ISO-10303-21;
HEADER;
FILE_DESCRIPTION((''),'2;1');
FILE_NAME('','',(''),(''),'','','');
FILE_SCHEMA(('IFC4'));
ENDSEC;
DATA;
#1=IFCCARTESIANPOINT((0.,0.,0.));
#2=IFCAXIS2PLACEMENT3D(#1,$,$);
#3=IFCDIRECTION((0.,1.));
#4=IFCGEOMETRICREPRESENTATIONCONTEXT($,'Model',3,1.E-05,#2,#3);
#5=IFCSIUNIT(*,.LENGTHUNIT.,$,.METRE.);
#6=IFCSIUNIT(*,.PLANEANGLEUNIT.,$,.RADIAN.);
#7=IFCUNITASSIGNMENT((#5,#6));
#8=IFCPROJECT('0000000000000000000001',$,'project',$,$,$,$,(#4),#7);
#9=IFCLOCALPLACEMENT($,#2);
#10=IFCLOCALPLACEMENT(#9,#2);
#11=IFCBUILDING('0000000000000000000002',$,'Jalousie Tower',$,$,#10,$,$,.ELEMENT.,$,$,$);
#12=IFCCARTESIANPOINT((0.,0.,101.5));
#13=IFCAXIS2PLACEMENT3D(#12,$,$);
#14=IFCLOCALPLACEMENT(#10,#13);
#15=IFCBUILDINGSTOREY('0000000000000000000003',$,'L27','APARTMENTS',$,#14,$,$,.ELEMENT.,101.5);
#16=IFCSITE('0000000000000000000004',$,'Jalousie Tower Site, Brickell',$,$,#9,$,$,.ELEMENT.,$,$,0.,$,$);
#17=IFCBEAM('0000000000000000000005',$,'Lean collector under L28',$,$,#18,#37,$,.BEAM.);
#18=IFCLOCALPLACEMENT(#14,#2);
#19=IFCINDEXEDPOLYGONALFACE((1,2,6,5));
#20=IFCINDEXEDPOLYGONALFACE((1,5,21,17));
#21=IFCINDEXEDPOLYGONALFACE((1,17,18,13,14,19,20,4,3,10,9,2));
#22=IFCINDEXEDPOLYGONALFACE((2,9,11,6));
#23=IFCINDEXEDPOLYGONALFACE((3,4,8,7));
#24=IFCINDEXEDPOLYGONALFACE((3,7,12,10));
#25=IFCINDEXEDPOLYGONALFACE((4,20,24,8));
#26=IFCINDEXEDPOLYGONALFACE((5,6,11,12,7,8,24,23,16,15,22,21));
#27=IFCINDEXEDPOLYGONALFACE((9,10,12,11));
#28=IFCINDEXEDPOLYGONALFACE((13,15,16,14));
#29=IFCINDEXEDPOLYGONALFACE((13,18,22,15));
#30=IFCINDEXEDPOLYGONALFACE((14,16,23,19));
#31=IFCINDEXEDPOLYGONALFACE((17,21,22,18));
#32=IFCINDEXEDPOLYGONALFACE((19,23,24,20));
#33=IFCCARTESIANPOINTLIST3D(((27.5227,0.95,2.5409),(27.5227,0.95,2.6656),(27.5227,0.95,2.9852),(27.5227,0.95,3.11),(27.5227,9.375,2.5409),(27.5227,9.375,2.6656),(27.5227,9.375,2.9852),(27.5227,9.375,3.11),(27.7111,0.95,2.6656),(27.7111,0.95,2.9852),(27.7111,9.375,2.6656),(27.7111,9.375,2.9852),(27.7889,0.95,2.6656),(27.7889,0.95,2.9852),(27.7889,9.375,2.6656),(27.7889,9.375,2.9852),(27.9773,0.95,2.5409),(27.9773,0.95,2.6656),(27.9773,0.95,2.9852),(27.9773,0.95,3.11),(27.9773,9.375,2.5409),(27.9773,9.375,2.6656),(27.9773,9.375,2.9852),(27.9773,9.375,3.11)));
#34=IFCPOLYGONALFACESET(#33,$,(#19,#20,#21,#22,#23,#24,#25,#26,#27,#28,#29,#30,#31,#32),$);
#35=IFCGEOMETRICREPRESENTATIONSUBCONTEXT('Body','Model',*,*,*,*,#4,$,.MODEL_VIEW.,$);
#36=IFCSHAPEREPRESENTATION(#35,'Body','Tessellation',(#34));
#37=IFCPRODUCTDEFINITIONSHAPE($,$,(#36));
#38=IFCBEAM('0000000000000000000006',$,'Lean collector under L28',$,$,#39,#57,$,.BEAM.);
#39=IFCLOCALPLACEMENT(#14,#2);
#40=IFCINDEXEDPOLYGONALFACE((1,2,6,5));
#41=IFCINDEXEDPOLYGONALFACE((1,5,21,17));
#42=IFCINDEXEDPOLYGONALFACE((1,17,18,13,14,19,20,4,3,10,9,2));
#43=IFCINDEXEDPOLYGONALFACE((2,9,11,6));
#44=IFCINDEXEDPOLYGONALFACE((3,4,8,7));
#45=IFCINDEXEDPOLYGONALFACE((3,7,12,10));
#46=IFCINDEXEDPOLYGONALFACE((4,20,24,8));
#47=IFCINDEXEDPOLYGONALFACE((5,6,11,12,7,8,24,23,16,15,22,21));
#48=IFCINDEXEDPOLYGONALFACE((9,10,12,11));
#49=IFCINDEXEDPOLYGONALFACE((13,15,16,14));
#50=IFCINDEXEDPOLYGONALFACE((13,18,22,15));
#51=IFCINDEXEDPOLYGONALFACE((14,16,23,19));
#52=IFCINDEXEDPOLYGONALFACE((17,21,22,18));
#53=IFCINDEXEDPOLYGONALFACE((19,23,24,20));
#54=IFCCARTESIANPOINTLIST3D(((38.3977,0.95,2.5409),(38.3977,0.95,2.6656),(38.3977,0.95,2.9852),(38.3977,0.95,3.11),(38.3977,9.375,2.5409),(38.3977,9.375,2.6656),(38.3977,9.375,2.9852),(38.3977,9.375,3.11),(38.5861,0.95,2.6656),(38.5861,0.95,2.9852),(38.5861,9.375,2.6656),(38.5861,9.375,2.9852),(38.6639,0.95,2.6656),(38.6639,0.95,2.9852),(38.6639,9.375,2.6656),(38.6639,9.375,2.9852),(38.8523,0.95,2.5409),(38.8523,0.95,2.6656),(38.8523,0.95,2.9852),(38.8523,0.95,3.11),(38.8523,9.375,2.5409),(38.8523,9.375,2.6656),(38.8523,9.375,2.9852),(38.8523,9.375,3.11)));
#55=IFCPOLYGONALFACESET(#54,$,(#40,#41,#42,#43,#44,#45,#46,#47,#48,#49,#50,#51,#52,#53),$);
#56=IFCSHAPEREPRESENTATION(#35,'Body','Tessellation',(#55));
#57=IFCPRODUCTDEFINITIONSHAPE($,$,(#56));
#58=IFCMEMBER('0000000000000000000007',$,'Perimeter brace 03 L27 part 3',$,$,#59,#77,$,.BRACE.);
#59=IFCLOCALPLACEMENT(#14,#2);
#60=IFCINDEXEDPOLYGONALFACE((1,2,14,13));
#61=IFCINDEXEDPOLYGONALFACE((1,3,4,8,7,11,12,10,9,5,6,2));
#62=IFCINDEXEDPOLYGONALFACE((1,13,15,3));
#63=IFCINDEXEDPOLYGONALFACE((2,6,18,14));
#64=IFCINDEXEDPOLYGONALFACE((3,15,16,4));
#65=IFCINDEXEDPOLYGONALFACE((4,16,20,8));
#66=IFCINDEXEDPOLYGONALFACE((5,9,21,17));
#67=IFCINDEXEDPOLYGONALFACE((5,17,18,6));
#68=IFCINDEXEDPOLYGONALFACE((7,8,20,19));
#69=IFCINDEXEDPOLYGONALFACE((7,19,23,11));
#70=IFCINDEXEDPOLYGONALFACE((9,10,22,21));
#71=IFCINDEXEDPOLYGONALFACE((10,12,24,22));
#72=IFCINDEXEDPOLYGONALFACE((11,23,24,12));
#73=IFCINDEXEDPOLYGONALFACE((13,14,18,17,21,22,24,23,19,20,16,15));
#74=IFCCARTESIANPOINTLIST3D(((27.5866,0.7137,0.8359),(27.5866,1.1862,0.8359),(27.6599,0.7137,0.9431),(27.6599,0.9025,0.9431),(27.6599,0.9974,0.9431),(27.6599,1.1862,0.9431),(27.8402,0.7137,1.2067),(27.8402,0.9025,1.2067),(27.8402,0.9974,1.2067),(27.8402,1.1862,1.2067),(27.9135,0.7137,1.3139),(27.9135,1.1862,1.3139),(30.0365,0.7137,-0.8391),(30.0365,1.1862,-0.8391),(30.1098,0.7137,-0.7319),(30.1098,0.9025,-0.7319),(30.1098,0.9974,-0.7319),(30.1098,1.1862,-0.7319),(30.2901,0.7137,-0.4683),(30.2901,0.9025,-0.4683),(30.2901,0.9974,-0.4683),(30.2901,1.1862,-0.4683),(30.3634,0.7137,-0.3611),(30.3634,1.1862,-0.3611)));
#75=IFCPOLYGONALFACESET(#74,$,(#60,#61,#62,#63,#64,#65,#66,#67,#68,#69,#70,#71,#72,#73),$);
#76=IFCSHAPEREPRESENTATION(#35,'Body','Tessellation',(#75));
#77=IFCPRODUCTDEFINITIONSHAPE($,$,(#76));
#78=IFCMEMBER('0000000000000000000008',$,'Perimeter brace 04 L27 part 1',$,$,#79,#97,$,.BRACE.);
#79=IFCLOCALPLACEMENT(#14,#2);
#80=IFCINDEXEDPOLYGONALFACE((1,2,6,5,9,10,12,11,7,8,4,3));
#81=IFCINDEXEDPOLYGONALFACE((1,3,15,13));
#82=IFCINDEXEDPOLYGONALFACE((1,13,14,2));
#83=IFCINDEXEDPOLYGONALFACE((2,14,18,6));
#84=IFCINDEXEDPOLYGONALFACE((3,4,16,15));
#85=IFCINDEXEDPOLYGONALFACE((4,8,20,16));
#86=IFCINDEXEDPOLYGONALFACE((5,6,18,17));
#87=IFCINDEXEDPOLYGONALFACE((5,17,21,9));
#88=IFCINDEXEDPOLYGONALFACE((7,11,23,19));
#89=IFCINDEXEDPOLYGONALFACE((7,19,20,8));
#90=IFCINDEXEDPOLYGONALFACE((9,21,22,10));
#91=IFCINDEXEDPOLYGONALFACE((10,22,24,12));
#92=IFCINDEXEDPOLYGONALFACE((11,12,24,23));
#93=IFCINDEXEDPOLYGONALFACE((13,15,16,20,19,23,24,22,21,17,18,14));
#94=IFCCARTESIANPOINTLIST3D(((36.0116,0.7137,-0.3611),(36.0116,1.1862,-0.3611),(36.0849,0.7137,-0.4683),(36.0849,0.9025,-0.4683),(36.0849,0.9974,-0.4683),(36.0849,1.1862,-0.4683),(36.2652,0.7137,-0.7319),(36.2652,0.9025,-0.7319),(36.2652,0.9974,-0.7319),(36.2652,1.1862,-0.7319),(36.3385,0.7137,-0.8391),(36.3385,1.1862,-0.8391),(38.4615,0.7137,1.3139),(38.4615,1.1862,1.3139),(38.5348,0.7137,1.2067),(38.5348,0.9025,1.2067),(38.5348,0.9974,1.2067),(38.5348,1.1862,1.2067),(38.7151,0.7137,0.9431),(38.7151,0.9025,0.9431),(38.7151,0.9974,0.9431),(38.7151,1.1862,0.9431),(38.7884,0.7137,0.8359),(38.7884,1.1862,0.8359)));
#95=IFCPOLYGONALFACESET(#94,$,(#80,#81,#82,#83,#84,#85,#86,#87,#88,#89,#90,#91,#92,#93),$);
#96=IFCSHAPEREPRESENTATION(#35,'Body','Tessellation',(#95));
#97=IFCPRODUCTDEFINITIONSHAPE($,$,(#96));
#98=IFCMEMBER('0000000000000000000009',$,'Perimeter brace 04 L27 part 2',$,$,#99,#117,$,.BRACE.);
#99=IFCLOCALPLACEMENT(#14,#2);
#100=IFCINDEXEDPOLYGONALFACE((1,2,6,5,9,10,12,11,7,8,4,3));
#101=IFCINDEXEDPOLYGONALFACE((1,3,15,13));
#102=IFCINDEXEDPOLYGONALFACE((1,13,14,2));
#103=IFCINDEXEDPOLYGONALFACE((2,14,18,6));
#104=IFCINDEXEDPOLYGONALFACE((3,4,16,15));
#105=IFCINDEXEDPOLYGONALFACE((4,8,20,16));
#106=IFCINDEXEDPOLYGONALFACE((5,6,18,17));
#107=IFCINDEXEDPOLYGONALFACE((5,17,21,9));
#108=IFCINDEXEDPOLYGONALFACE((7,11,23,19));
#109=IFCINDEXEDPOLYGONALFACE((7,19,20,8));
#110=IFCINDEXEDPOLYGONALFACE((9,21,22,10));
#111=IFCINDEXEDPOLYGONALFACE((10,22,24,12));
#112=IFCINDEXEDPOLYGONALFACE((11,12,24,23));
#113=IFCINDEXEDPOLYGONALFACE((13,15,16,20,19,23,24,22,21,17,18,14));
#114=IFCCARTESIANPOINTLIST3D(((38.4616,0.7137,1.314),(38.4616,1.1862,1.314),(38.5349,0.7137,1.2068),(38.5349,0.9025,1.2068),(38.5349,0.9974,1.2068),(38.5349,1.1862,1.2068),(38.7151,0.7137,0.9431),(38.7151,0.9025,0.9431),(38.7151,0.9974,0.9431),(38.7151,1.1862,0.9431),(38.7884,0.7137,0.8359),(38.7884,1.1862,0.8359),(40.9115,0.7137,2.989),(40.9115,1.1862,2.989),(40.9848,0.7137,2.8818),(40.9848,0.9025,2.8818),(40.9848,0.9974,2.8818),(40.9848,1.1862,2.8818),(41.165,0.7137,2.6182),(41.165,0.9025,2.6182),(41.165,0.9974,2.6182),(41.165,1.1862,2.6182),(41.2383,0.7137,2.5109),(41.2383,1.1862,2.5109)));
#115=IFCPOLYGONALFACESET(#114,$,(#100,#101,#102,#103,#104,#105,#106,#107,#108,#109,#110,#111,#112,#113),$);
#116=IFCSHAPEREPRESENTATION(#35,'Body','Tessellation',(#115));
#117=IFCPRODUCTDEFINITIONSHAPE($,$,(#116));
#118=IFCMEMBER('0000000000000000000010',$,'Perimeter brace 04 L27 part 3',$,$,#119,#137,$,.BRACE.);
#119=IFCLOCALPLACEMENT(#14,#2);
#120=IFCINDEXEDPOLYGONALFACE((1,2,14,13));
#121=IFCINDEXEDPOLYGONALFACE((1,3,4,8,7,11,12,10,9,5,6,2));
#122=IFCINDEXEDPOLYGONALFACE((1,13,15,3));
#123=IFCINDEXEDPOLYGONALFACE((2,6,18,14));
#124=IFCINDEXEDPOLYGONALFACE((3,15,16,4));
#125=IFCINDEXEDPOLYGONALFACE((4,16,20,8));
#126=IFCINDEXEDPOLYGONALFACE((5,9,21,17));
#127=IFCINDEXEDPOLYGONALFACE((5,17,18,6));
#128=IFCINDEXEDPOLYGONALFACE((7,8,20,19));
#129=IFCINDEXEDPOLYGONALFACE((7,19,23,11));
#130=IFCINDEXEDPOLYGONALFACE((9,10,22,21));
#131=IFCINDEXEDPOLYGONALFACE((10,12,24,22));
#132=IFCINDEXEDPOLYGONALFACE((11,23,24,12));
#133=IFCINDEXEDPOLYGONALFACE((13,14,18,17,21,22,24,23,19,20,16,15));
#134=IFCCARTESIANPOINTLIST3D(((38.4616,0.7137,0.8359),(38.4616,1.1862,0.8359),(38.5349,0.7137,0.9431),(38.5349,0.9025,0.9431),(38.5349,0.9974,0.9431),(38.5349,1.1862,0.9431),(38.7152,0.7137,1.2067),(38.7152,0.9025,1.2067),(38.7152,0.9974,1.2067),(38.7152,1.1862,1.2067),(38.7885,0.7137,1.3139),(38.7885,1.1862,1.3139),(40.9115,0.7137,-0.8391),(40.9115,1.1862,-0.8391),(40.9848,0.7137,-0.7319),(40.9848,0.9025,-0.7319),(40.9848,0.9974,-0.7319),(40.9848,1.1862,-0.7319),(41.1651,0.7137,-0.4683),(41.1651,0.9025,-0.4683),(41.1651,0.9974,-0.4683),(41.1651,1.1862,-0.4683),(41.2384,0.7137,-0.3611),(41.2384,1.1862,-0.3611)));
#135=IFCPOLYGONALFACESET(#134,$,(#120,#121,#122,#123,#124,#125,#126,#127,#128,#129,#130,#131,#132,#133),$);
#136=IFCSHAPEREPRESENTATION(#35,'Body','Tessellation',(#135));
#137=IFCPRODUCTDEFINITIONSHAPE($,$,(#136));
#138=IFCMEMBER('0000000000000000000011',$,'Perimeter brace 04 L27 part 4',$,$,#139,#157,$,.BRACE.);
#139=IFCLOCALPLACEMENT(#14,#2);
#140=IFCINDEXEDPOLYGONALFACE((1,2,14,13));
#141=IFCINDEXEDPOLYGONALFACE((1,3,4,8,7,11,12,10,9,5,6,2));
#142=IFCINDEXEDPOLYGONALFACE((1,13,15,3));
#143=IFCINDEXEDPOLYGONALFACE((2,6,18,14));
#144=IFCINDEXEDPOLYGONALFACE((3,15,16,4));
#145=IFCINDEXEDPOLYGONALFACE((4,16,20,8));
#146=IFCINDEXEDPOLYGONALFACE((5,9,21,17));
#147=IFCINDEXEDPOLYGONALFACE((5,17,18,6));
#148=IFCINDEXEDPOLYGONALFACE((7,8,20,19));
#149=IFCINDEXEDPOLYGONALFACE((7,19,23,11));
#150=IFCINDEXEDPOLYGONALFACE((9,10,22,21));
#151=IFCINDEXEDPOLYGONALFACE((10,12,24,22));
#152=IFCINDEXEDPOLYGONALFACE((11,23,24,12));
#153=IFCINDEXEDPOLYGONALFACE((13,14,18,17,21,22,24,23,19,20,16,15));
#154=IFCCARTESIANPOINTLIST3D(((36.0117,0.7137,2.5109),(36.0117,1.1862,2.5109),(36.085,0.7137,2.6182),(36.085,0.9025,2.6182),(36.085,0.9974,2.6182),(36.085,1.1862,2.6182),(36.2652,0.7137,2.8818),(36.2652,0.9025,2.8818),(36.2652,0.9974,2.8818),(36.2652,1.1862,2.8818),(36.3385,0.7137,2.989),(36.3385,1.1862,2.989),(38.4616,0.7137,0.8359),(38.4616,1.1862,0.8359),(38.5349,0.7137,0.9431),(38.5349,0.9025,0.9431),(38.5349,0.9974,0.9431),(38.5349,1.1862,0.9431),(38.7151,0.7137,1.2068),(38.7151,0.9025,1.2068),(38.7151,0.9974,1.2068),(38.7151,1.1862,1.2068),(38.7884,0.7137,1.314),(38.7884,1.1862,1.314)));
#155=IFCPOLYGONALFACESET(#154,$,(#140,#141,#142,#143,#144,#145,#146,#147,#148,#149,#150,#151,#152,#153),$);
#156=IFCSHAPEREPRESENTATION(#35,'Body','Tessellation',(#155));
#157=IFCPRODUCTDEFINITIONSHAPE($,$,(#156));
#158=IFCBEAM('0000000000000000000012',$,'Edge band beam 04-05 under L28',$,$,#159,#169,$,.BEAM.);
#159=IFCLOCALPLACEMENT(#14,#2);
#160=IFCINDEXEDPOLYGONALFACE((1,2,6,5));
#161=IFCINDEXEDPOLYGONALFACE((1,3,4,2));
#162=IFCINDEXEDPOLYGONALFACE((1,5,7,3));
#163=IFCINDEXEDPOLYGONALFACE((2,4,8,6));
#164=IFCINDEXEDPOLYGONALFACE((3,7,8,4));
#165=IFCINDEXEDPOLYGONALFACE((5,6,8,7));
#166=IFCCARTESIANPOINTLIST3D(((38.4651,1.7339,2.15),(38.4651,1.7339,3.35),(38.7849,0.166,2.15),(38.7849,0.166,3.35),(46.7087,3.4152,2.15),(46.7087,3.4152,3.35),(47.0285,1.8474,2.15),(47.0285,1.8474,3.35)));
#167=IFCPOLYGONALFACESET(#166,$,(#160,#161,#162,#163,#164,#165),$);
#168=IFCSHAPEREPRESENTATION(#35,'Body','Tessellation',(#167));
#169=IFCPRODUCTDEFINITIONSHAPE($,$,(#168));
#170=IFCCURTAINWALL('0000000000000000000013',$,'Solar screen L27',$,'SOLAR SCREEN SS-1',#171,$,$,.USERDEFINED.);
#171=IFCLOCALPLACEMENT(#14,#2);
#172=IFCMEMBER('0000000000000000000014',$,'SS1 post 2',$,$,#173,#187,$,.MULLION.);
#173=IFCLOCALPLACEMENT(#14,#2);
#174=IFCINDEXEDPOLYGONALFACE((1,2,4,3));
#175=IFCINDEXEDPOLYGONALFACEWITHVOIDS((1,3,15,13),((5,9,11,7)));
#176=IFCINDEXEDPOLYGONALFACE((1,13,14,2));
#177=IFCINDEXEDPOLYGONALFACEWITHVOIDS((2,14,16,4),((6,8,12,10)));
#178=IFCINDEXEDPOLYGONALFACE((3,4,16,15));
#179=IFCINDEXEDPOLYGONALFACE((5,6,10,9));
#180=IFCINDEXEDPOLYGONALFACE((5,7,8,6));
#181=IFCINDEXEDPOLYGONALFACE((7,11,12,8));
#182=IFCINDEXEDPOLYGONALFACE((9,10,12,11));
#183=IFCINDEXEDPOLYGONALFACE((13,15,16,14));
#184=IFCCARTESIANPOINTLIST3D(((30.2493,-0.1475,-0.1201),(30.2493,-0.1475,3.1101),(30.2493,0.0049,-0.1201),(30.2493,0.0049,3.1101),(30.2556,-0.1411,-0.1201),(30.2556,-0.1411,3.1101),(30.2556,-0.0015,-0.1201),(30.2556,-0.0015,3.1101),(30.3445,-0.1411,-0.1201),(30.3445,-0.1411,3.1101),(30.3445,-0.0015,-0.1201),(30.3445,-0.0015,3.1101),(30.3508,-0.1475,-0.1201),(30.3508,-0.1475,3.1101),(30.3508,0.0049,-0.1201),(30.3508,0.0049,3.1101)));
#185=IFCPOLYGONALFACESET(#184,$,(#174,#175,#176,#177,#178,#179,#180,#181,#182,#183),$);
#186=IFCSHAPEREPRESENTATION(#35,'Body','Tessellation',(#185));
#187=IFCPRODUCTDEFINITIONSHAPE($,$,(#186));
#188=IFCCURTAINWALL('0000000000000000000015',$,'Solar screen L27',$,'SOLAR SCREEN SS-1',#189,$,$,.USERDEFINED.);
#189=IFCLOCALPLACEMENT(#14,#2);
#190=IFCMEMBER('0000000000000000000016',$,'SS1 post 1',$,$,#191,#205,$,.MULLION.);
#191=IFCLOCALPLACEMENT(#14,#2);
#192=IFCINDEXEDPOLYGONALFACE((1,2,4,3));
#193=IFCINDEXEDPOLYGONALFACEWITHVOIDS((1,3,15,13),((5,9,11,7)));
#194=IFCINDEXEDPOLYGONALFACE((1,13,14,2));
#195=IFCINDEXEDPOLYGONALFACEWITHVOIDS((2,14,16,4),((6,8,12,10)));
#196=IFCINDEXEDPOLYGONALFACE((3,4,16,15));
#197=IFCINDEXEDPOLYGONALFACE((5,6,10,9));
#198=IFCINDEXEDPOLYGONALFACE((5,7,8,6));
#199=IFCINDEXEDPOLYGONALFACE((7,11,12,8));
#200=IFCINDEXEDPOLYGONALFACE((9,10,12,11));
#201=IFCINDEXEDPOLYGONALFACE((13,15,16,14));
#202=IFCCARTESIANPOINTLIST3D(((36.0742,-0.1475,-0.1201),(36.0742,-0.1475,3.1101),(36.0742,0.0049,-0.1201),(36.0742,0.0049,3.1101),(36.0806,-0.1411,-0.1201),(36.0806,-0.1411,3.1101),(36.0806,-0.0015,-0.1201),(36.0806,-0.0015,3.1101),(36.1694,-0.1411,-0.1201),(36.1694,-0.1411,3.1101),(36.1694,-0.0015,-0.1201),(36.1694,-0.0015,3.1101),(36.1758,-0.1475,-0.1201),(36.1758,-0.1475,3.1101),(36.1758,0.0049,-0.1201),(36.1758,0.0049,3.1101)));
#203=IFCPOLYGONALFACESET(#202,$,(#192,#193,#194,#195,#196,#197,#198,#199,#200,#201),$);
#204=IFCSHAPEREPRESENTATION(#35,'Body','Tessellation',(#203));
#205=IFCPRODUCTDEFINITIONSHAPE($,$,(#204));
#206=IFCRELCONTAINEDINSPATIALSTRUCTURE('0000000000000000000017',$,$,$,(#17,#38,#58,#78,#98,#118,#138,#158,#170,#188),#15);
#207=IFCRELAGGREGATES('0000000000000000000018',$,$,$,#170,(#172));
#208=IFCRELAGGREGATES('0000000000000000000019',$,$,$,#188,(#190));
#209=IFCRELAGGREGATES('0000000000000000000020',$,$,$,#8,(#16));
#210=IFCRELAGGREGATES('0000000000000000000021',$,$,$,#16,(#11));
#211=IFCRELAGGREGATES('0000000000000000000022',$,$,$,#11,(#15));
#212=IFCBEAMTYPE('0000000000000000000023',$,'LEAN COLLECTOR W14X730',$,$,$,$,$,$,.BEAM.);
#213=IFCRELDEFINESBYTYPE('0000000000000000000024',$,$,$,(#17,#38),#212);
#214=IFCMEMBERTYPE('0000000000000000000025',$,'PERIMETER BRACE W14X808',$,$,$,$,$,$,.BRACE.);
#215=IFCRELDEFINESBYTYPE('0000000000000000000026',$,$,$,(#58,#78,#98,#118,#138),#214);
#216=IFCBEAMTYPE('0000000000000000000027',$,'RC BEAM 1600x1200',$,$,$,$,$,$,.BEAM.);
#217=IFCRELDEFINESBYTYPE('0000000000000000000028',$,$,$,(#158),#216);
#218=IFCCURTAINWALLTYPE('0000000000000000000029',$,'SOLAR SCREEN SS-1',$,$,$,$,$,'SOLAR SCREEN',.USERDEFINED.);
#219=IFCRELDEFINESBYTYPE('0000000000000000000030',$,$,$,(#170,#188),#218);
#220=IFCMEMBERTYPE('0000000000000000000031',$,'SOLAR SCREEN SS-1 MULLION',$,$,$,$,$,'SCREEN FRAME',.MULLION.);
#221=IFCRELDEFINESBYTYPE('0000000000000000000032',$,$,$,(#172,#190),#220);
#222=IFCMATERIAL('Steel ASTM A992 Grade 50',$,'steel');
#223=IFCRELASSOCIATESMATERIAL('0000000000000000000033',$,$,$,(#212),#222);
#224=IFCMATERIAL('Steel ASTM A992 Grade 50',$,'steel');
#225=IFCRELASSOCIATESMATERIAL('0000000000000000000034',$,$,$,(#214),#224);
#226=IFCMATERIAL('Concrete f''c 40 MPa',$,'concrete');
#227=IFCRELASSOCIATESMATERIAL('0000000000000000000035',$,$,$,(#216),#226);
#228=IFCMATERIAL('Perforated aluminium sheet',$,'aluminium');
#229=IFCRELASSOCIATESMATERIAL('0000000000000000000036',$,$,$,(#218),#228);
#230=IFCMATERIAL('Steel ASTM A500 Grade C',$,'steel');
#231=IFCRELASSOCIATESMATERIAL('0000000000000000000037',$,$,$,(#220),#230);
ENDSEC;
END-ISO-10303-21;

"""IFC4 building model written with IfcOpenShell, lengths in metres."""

from ifc_helpers import new_model, si_unit, direction, frame, origin, origin_2d, place, context, subcontext, project, spatial, rectangle, hollow_rectangle, i_section, extrude, material, material_profile, profile_set, type_object, element, aggregate, save


model = new_model("IFC4")

# Units and contexts
model_context = context("Model", 3, precision=1e-05, world=origin(), true_north=direction((0.0, 1.0)))
body_context = subcontext(model_context, "Body", "Model", "MODEL_VIEW")
ifc_project = project(units=[si_unit("LENGTHUNIT", "METRE"), si_unit("PLANEANGLEUNIT", "RADIAN")], contexts=[model_context])

# Site, building, storey
site_placement = place(None, origin())
site = spatial("IfcSite", under=ifc_project, at=site_placement, Name="Jalousie Tower Site, Brickell", CompositionType="ELEMENT", RefElevation=0.0)
building_placement = place(site_placement, origin())
building = spatial("IfcBuilding", under=site, at=building_placement, Name="Jalousie Tower", CompositionType="ELEMENT")
storey_placement = place(building_placement, frame((0.0, 0.0, 101.5)))
storey = spatial("IfcBuildingStorey", under=building, at=storey_placement, Name="L27", Description="APARTMENTS", CompositionType="ELEMENT", Elevation=101.5)

# Beams
ifc_material_1 = material(Name="Steel ASTM A992 Grade 50", Category="steel")
ifc_material_profile_1 = material_profile(ifc_material_1, i_section(OverallWidth=0.4546, OverallDepth=0.5691, WebThickness=0.0779, FlangeThickness=0.1248, at=origin_2d()), Name="W14X730")
ifc_profile_set_1 = profile_set([ifc_material_profile_1], Name="Steel ASTM A992 Grade 50")
beam_type_1 = type_object("IfcBeamType", Name="LEAN COLLECTOR W14X730", PredefinedType="BEAM", material=ifc_profile_set_1)
for number, where, z_axis, x_axis, name in (
    (1, (27.75, 0.95, 2.8254), (0.0, 1.0, 0.0), (-1.0, 0.0, 0.0), "Lean collector under L28"),
    (2, (38.625, 0.95, 2.8254), (0.0, 1.0, 0.0), (-1.0, 0.0, 0.0), "Lean collector under L28"),
):
    element("IfcBeam", number, at=place(storey_placement, frame(where, z_axis=z_axis, x_axis=x_axis)), inside=storey, type_object=beam_type_1, Name=name, PredefinedType="BEAM", context=body_context, shape_type="SweptSolid", body=[
        extrude(i_section(OverallWidth=0.4546, OverallDepth=0.5691, WebThickness=0.0779, FlangeThickness=0.1248, at=origin_2d()), origin(), (0.0, 0.0, 1.0), 8.425),
    ])

# Members
ifc_material_2 = material(Name="Steel ASTM A992 Grade 50", Category="steel")
ifc_material_profile_2 = material_profile(ifc_material_2, i_section(OverallWidth=0.4724, OverallDepth=0.5791, WebThickness=0.095, FlangeThickness=0.1299, at=origin_2d()), Name="W14X808")
ifc_profile_set_2 = profile_set([ifc_material_profile_2], Name="Steel ASTM A992 Grade 50")
member_type_1 = type_object("IfcMemberType", Name="PERIMETER BRACE W14X808", PredefinedType="BRACE", material=ifc_profile_set_2)
for number, where, z_axis, x_axis, name in (
    (3, (30.2, 0.95, -0.6001), (-0.825501, 0.0, 0.564401), (0.0, -1.0, 0.0), "Perimeter brace 03 L27 part 3"),
    (4, (36.175, 0.95, -0.6001), (0.825501, 0.0, 0.564401), (0.0, 1.0, 0.0), "Perimeter brace 04 L27 part 1"),
    (5, (38.625, 0.95, 1.075), (0.825501, 0.0, 0.564401), (0.0, 1.0, 0.0), "Perimeter brace 04 L27 part 2"),
    (6, (41.075, 0.95, -0.6001), (-0.825501, 0.0, 0.564401), (0.0, -1.0, 0.0), "Perimeter brace 04 L27 part 3"),
    (7, (38.625, 0.95, 1.075), (-0.825501, 0.0, 0.564401), (0.0, -1.0, 0.0), "Perimeter brace 04 L27 part 4"),
):
    element("IfcMember", number, at=place(storey_placement, frame(where, z_axis=z_axis, x_axis=x_axis)), inside=storey, type_object=member_type_1, Name=name, PredefinedType="BRACE", context=body_context, shape_type="SweptSolid", body=[
        extrude(i_section(OverallWidth=0.4724, OverallDepth=0.5791, WebThickness=0.095, FlangeThickness=0.1299, at=origin_2d()), origin(), (0.0, 0.0, 1.0), 2.9678),
    ])

# Beam
ifc_material_3 = material(Name="Concrete f'c 40 MPa", Category="concrete")
ifc_material_profile_3 = material_profile(ifc_material_3, rectangle(XDim=1.6001, YDim=1.2, at=origin_2d()), Name="RC 1600x1200")
ifc_profile_set_3 = profile_set([ifc_material_profile_3], Name="Concrete f'c 40 MPa")
beam_type_2 = type_object("IfcBeamType", Name="RC BEAM 1600x1200", PredefinedType="BEAM", material=ifc_profile_set_3)
beam_placement = place(storey_placement, frame((38.625, 0.95, 2.75), z_axis=(0.979827, 0.199848, 0.0), x_axis=(-0.199848, 0.979827, 0.0)))
element("IfcBeam", 8, at=beam_placement, inside=storey, type_object=beam_type_2, Name="Edge band beam 04-05 under L28", PredefinedType="BEAM", context=body_context, shape_type="SweptSolid", body=[
    extrude(rectangle(XDim=1.6001, YDim=1.2, at=origin_2d()), origin(), (0.0, 0.0, 1.0), 8.4133),
])

# Curtain wall, member
ifc_material_4 = material(Name="Perforated aluminium sheet", Category="aluminium")
curtain_wall_type = type_object("IfcCurtainWallType", Name="SOLAR SCREEN SS-1", ElementType="SOLAR SCREEN", PredefinedType="USERDEFINED", material=ifc_material_4)
curtain_wall_1_placement = place(storey_placement, origin())
curtain_wall_1 = element("IfcCurtainWall", 9, at=curtain_wall_1_placement, inside=storey, type_object=curtain_wall_type, Name="Solar screen L27", ObjectType="SOLAR SCREEN SS-1", PredefinedType="USERDEFINED")
ifc_material_5 = material(Name="Steel ASTM A500 Grade C", Category="steel")
ifc_material_profile_4 = material_profile(ifc_material_5, hollow_rectangle(XDim=0.1016, YDim=0.1523, WallThickness=0.0063, at=origin_2d()), Name="HSS6X4X1/4")
ifc_profile_set_4 = profile_set([ifc_material_profile_4], Name="Steel ASTM A500 Grade C")
member_type_2 = type_object("IfcMemberType", Name="SOLAR SCREEN SS-1 MULLION", ElementType="SCREEN FRAME", PredefinedType="MULLION", material=ifc_profile_set_4)
member_1_placement = place(storey_placement, frame((30.3, -0.0713, -0.1201), z_axis=(0.0, 0.0, 1.0), x_axis=(1.0, 0.0, 0.0)))
member_1 = element("IfcMember", 10, at=member_1_placement, type_object=member_type_2, Name="SS1 post 2", PredefinedType="MULLION", context=body_context, shape_type="SweptSolid", body=[
    extrude(hollow_rectangle(XDim=0.1016, YDim=0.1523, WallThickness=0.0063, at=origin_2d()), origin(), (0.0, 0.0, 1.0), 3.2302),
])
aggregate(curtain_wall_1, [member_1])

# Curtain wall, member
curtain_wall_2_placement = place(storey_placement, origin())
curtain_wall_2 = element("IfcCurtainWall", 11, at=curtain_wall_2_placement, inside=storey, type_object=curtain_wall_type, Name="Solar screen L27", ObjectType="SOLAR SCREEN SS-1", PredefinedType="USERDEFINED")
member_2_placement = place(storey_placement, frame((36.125, -0.0713, -0.1201), z_axis=(0.0, 0.0, 1.0), x_axis=(1.0, 0.0, 0.0)))
member_2 = element("IfcMember", 12, at=member_2_placement, type_object=member_type_2, Name="SS1 post 1", PredefinedType="MULLION", context=body_context, shape_type="SweptSolid", body=[
    extrude(hollow_rectangle(XDim=0.1016, YDim=0.1523, WallThickness=0.0063, at=origin_2d()), origin(), (0.0, 0.0, 1.0), 3.2302),
])
aggregate(curtain_wall_2, [member_2])

save(model, "model.ifc")
